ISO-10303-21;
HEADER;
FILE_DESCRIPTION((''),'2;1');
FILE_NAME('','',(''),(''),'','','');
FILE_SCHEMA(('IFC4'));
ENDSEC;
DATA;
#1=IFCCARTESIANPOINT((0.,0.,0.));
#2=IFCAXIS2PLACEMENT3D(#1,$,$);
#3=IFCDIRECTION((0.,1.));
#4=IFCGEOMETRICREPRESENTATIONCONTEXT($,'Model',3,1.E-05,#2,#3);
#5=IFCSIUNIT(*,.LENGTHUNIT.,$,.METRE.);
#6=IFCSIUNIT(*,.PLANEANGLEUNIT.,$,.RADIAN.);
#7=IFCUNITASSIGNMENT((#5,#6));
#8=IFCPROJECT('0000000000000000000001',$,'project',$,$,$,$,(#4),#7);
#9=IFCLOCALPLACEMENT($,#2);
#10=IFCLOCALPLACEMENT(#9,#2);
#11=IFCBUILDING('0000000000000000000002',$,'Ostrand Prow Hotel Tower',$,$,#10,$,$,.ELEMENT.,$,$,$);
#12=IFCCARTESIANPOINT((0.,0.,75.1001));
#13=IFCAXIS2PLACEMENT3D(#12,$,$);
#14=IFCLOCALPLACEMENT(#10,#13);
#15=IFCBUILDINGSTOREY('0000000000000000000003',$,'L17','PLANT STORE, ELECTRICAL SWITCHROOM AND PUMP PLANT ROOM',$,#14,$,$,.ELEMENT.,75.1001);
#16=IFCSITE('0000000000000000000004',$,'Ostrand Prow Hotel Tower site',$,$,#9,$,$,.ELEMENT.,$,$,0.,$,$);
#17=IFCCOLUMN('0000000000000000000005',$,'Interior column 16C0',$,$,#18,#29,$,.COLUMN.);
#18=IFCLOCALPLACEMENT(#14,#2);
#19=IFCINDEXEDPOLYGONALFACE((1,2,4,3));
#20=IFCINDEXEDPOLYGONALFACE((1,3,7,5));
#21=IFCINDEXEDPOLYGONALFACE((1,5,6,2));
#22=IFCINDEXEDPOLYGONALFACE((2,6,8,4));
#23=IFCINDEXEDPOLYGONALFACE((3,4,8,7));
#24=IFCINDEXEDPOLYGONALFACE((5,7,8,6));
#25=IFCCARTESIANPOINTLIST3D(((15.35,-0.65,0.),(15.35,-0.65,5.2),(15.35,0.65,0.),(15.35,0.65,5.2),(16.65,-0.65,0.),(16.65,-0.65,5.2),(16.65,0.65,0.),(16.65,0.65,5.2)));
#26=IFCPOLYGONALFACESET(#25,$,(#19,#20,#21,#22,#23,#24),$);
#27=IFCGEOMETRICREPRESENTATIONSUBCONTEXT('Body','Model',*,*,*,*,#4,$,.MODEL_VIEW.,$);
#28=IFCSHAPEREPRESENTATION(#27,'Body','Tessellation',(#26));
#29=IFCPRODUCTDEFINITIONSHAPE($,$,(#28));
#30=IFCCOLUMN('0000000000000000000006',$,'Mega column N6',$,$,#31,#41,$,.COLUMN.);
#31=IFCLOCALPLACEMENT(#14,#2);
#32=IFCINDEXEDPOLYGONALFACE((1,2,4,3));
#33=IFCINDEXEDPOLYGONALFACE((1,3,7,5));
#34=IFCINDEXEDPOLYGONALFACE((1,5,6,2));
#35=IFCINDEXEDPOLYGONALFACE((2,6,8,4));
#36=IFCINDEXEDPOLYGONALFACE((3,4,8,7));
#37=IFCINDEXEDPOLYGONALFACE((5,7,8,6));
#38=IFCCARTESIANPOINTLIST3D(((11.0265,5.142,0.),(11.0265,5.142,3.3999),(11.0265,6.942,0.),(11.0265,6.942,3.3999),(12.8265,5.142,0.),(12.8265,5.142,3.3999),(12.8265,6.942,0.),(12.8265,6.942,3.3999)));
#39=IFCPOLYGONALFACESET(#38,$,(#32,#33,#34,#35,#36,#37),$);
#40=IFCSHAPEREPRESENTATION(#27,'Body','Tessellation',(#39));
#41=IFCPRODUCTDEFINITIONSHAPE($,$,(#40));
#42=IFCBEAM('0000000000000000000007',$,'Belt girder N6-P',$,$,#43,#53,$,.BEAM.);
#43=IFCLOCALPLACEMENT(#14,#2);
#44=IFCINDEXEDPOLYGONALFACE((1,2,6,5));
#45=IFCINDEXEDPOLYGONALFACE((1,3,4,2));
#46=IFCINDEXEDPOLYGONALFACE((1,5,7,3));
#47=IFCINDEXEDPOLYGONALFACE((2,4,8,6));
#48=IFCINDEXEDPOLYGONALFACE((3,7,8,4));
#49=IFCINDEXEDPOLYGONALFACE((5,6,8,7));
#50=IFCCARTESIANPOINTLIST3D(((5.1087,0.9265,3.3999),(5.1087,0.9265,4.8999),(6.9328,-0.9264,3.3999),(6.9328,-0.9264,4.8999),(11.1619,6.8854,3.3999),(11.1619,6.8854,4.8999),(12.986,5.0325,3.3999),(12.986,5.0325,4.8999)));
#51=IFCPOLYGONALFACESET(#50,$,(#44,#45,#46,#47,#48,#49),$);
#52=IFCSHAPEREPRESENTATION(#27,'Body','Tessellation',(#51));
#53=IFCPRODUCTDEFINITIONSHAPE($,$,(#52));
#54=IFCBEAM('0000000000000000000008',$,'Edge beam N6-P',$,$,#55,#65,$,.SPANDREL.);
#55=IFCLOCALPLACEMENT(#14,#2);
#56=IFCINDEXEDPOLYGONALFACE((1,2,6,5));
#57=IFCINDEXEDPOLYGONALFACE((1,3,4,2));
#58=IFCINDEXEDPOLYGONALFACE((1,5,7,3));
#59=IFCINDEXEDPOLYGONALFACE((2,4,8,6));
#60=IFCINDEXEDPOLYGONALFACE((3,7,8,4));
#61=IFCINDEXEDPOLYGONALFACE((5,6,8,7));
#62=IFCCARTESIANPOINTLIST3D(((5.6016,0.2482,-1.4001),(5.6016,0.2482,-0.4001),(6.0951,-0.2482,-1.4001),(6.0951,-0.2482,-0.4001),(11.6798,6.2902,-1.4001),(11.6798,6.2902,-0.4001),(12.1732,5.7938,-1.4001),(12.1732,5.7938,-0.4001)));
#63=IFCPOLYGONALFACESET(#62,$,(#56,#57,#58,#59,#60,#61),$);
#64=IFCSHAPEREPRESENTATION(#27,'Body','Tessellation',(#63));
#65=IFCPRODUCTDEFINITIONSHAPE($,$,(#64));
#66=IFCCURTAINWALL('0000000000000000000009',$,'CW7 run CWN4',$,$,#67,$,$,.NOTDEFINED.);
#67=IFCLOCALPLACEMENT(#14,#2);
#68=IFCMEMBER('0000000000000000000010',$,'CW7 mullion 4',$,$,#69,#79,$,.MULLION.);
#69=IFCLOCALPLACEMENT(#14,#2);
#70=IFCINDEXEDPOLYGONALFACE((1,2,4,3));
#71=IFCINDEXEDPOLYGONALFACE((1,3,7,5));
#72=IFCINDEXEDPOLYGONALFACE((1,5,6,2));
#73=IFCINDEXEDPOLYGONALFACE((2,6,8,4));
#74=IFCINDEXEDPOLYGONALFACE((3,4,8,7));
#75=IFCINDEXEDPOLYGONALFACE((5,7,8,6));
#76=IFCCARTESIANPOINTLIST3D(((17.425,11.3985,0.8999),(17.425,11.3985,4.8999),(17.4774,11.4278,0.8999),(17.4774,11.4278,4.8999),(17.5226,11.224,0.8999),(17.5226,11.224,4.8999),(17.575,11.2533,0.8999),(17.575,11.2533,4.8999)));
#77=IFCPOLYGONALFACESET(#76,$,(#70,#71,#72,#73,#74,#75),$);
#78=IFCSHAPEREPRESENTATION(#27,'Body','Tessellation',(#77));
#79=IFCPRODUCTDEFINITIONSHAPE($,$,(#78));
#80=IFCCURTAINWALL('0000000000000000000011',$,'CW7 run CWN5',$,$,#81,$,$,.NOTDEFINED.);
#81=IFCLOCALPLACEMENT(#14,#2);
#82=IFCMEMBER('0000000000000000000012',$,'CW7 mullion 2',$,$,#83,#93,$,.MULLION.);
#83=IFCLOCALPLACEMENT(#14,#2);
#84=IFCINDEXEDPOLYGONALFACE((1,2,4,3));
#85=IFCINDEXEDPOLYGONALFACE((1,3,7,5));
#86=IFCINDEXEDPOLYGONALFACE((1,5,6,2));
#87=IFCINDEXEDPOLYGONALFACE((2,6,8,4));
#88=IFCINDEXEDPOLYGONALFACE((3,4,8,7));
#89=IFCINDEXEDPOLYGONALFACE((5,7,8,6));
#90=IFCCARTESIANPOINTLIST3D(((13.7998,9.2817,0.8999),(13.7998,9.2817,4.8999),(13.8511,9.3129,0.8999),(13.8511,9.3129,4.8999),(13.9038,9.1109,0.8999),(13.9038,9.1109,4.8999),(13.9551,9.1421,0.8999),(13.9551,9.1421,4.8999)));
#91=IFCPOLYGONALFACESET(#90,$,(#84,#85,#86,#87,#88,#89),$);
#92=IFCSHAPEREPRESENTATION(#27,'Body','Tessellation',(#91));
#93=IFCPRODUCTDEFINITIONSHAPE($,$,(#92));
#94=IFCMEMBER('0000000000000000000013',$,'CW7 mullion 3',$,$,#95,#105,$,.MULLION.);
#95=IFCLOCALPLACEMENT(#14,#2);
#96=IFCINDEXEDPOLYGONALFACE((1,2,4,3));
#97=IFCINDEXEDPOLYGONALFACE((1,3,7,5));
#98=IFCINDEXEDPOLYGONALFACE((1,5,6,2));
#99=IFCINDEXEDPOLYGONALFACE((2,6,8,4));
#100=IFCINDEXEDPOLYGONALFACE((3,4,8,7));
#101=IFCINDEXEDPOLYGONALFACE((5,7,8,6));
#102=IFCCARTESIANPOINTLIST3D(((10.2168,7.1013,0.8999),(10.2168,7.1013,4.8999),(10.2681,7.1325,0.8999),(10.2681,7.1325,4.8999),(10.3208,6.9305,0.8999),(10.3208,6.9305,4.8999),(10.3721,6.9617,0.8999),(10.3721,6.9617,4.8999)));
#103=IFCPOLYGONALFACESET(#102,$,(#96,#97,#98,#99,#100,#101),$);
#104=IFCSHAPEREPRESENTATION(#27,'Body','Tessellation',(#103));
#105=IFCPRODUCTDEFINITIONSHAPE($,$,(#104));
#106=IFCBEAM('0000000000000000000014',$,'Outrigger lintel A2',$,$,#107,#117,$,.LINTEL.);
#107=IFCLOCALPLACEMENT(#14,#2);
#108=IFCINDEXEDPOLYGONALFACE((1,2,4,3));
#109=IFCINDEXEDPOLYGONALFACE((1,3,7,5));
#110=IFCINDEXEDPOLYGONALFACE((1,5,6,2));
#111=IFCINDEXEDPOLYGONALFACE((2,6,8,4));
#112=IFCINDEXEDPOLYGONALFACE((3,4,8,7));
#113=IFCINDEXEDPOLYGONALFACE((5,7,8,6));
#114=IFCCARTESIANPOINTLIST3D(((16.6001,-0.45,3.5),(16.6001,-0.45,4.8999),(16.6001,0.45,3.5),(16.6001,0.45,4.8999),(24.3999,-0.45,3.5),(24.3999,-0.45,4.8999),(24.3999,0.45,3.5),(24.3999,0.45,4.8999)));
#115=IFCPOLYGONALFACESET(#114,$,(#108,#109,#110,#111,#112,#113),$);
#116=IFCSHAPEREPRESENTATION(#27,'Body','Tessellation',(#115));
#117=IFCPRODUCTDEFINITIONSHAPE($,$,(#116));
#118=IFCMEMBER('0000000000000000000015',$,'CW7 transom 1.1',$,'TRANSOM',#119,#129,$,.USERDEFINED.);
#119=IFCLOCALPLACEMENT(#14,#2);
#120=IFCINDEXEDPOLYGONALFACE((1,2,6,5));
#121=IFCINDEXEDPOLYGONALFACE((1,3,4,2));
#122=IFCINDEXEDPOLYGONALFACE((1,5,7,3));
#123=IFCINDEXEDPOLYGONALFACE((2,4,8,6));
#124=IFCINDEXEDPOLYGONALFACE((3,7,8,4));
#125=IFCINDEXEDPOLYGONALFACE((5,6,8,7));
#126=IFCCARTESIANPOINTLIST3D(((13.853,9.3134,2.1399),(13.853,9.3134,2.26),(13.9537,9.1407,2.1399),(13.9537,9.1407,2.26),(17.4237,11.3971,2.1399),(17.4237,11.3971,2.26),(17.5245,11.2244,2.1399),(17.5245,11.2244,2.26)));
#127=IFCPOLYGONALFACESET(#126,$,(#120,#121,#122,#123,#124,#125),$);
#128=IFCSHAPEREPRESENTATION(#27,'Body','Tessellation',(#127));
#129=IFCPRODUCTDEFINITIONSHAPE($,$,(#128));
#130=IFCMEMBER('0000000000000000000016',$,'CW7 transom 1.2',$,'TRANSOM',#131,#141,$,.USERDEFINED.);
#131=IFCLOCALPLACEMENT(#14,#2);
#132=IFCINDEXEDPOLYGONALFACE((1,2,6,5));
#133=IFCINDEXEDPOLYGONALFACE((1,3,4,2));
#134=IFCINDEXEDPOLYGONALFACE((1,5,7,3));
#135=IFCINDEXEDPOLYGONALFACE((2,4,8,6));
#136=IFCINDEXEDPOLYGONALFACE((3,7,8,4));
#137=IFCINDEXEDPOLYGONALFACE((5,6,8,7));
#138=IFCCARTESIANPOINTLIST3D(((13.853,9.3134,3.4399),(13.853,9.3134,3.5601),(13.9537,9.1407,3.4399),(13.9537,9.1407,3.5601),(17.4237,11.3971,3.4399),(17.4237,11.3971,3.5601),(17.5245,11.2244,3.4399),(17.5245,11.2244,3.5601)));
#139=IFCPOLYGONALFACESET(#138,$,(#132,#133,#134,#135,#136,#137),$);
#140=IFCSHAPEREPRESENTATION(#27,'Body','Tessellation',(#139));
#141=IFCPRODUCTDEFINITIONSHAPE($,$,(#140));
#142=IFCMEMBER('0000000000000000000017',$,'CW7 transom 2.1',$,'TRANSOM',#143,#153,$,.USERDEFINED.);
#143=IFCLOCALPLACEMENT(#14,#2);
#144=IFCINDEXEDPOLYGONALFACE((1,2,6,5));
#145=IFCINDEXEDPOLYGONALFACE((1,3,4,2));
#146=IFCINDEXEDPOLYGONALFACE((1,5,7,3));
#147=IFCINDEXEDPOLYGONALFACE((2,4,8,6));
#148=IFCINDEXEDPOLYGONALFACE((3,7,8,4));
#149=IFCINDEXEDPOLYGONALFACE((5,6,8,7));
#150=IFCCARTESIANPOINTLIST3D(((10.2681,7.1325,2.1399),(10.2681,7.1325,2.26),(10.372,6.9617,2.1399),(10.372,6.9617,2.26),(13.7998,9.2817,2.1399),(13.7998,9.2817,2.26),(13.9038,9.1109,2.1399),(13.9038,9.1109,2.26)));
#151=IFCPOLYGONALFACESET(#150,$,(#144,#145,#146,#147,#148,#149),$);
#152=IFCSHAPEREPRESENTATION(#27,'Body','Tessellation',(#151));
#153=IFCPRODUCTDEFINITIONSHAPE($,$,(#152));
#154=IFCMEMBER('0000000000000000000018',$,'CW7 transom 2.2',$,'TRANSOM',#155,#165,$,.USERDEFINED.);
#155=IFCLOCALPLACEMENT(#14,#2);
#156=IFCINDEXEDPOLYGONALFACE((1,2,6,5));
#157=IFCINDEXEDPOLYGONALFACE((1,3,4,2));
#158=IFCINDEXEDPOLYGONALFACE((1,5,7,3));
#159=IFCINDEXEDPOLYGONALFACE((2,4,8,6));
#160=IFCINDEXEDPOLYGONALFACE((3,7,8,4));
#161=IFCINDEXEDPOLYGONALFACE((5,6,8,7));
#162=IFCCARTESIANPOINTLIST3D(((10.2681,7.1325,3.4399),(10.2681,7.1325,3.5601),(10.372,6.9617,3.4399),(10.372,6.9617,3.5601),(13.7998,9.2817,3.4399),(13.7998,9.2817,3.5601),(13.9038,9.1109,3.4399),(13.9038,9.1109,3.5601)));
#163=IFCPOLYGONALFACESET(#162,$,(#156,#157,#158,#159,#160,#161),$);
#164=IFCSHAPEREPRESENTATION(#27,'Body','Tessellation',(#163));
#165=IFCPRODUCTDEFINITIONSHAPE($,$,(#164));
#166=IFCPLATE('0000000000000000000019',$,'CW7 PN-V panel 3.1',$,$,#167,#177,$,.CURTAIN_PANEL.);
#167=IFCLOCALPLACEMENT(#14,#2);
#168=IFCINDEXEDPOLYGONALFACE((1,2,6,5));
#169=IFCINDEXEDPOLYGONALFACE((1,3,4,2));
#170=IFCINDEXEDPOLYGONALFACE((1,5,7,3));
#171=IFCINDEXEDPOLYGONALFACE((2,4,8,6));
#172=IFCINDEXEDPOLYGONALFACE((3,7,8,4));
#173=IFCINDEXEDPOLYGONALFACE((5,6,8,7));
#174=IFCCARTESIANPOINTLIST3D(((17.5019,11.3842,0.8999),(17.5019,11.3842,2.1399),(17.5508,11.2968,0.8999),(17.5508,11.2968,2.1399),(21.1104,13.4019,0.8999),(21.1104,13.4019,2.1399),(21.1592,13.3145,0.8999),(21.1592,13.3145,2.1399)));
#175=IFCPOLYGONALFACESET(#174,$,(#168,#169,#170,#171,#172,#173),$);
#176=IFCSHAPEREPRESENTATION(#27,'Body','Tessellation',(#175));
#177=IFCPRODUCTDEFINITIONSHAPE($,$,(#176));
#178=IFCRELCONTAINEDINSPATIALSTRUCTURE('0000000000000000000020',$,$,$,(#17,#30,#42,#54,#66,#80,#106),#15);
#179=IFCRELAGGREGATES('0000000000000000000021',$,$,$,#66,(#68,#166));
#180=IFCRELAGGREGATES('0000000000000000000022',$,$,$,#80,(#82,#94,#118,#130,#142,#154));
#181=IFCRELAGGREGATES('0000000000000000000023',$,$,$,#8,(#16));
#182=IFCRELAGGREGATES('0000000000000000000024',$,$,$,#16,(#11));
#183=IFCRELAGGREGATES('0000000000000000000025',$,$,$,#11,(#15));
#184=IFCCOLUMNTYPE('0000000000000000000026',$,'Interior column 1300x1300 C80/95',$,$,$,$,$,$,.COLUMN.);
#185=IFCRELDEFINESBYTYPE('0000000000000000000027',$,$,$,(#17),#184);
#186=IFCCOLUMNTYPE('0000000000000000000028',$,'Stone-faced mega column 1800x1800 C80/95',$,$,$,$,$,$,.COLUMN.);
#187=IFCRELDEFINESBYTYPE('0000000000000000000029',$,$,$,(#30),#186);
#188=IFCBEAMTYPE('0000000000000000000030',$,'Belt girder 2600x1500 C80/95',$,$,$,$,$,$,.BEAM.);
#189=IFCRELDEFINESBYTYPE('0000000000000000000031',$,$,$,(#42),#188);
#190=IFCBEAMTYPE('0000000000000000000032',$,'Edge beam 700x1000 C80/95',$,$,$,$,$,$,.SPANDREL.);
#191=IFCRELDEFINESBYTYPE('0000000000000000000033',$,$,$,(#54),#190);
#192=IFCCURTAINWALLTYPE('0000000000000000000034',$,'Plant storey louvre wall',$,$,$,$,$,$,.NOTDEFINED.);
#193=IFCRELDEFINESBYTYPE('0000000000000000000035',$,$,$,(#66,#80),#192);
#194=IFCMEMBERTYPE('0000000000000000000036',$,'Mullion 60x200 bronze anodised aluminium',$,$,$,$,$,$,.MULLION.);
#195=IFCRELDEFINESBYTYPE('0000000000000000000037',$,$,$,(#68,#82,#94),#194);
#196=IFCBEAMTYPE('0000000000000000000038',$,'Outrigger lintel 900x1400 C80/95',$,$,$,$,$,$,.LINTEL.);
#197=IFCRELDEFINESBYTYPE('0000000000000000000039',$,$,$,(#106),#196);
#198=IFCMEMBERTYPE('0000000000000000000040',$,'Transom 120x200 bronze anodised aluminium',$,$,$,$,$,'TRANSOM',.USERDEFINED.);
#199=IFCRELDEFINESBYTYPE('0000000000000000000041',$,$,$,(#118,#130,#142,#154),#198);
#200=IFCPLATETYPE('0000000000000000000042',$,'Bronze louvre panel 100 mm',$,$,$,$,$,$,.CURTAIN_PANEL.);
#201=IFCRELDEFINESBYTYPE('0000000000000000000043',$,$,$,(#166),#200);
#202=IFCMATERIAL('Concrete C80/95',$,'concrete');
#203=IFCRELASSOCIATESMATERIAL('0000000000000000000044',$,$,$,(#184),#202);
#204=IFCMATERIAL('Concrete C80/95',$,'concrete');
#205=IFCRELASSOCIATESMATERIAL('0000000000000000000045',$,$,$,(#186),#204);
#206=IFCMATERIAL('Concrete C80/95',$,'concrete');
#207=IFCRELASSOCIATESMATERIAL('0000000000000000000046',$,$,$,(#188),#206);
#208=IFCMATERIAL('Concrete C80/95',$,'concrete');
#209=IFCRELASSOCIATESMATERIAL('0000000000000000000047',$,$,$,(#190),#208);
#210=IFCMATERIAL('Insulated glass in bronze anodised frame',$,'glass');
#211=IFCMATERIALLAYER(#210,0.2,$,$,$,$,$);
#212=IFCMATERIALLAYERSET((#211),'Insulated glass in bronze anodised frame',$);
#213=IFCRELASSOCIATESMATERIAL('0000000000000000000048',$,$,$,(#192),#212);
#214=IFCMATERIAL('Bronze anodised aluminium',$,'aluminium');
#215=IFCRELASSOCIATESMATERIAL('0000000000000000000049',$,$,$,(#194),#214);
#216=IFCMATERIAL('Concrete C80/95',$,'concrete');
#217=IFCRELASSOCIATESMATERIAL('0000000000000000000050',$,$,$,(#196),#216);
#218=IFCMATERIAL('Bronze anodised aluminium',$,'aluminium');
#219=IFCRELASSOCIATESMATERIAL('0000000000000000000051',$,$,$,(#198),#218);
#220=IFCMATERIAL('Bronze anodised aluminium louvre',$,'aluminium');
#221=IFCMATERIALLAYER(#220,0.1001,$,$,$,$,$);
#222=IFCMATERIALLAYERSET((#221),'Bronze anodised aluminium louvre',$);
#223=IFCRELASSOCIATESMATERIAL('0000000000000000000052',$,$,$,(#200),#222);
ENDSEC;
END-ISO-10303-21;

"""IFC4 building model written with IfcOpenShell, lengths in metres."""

from ifc_helpers import new_model, si_unit, direction, frame, origin, origin_2d, place, context, subcontext, project, spatial, rectangle, extrude, material, layer, layer_set, material_profile, profile_set, type_object, element, aggregate, save


model = new_model("IFC4")

# Units and contexts
model_context = context("Model", 3, precision=1e-05, world=origin(), true_north=direction((0.0, 1.0)))
body_context = subcontext(model_context, "Body", "Model", "MODEL_VIEW")
ifc_project = project(units=[si_unit("LENGTHUNIT", "METRE"), si_unit("PLANEANGLEUNIT", "RADIAN")], contexts=[model_context])

# Site, building, storey
site_placement = place(None, origin())
site = spatial("IfcSite", under=ifc_project, at=site_placement, Name="Ostrand Prow Hotel Tower site", CompositionType="ELEMENT", RefElevation=0.0)
building_placement = place(site_placement, origin())
building = spatial("IfcBuilding", under=site, at=building_placement, Name="Ostrand Prow Hotel Tower", CompositionType="ELEMENT")
storey_placement = place(building_placement, frame((0.0, 0.0, 75.1001)))
storey = spatial("IfcBuildingStorey", under=building, at=storey_placement, Name="L17", Description="PLANT STORE, ELECTRICAL SWITCHROOM AND PUMP PLANT ROOM", CompositionType="ELEMENT", Elevation=75.1001)

# Columns
ifc_material_1 = material(Name="Concrete C80/95", Category="concrete")
ifc_material_profile_1 = material_profile(ifc_material_1, rectangle(XDim=1.3, YDim=1.3, at=origin_2d()), Name="RC 1300x1300")
ifc_profile_set_1 = profile_set([ifc_material_profile_1], Name="Concrete C80/95")
column_type_1 = type_object("IfcColumnType", Name="Interior column 1300x1300 C80/95", PredefinedType="COLUMN", material=ifc_profile_set_1)
column_1_placement = place(storey_placement, frame((16.0, 0.0, 0.0), z_axis=(0.0, 0.0, 1.0), x_axis=(1.0, 0.0, 0.0)))
element("IfcColumn", 1, at=column_1_placement, inside=storey, type_object=column_type_1, Name="Interior column 16C0", PredefinedType="COLUMN", context=body_context, shape_type="SweptSolid", body=[
    extrude(rectangle(XDim=1.3, YDim=1.3, at=origin_2d()), origin(), (0.0, 0.0, 1.0), 5.2),
])
ifc_material_2 = material(Name="Concrete C80/95", Category="concrete")
ifc_material_profile_2 = material_profile(ifc_material_2, rectangle(XDim=1.8, YDim=1.8, at=origin_2d()), Name="RC 1800x1800")
ifc_profile_set_2 = profile_set([ifc_material_profile_2], Name="Concrete C80/95")
column_type_2 = type_object("IfcColumnType", Name="Stone-faced mega column 1800x1800 C80/95", PredefinedType="COLUMN", material=ifc_profile_set_2)
column_2_placement = place(storey_placement, frame((11.9265, 6.042, 0.0), z_axis=(0.0, 0.0, 1.0), x_axis=(1.0, 0.0, 0.0)))
element("IfcColumn", 2, at=column_2_placement, inside=storey, type_object=column_type_2, Name="Mega column N6", PredefinedType="COLUMN", context=body_context, shape_type="SweptSolid", body=[
    extrude(rectangle(XDim=1.8, YDim=1.8, at=origin_2d()), origin(), (0.0, 0.0, 1.0), 3.3999),
])

# Beams
ifc_material_3 = material(Name="Concrete C80/95", Category="concrete")
ifc_material_profile_3 = material_profile(ifc_material_3, rectangle(XDim=2.6001, YDim=1.5, at=origin_2d()), Name="RC 2600x1500")
ifc_profile_set_3 = profile_set([ifc_material_profile_3], Name="Concrete C80/95")
beam_type_1 = type_object("IfcBeamType", Name="Belt girder 2600x1500 C80/95", PredefinedType="BEAM", material=ifc_profile_set_3)
beam_1_placement = place(storey_placement, frame((12.074, 5.959, 4.1499), z_axis=(-0.712632, -0.701538, 0.0), x_axis=(0.701538, -0.712632, 0.0)))
element("IfcBeam", 3, at=beam_1_placement, inside=storey, type_object=beam_type_1, Name="Belt girder N6-P", PredefinedType="BEAM", context=body_context, shape_type="SweptSolid", body=[
    extrude(rectangle(XDim=2.6001, YDim=1.5, at=origin_2d()), origin(), (0.0, 0.0, 1.0), 8.4941),
])
ifc_material_4 = material(Name="Concrete C80/95", Category="concrete")
ifc_material_profile_4 = material_profile(ifc_material_4, rectangle(XDim=0.7, YDim=1.0, at=origin_2d()), Name="RC 700x1000")
ifc_profile_set_4 = profile_set([ifc_material_profile_4], Name="Concrete C80/95")
beam_type_2 = type_object("IfcBeamType", Name="Edge beam 700x1000 C80/95", PredefinedType="SPANDREL", material=ifc_profile_set_4)
beam_2_placement = place(storey_placement, frame((11.9265, 6.042, -0.9001), z_axis=(-0.709212, -0.704996, 0.0), x_axis=(0.704996, -0.709212, 0.0)))
element("IfcBeam", 4, at=beam_2_placement, inside=storey, type_object=beam_type_2, Name="Edge beam N6-P", PredefinedType="SPANDREL", context=body_context, shape_type="SweptSolid", body=[
    extrude(rectangle(XDim=0.7, YDim=1.0, at=origin_2d()), origin(), (0.0, 0.0, 1.0), 8.5703),
])

# Curtain wall, member
ifc_material_5 = material(Name="Insulated glass in bronze anodised frame", Category="glass")
ifc_layer_1 = layer(ifc_material_5, 0.2)
ifc_layer_set_1 = layer_set([ifc_layer_1], Name="Insulated glass in bronze anodised frame")
curtain_wall_type = type_object("IfcCurtainWallType", Name="Plant storey louvre wall", PredefinedType="NOTDEFINED", material=ifc_layer_set_1)
curtain_wall_1_placement = place(storey_placement, origin())
curtain_wall_1 = element("IfcCurtainWall", 5, at=curtain_wall_1_placement, inside=storey, type_object=curtain_wall_type, Name="CW7 run CWN4", PredefinedType="NOTDEFINED")
ifc_material_6 = material(Name="Bronze anodised aluminium", Category="aluminium")
ifc_material_profile_5 = material_profile(ifc_material_6, rectangle(XDim=0.2, YDim=0.0601, at=origin_2d()), Name="Mullion 60x200 bronze anodised aluminium")
ifc_profile_set_5 = profile_set([ifc_material_profile_5], Name="Bronze anodised aluminium")
member_type_1 = type_object("IfcMemberType", Name="Mullion 60x200 bronze anodised aluminium", PredefinedType="MULLION", material=ifc_profile_set_5)
member_1_placement = place(storey_placement, frame((17.5, 11.3259, 0.8999), z_axis=(0.0, 0.0, 1.0), x_axis=(0.488044, -0.872819, 0.0)))
member_1 = element("IfcMember", 6, at=member_1_placement, type_object=member_type_1, Name="CW7 mullion 4", PredefinedType="MULLION", context=body_context, shape_type="SweptSolid", body=[
    extrude(rectangle(XDim=0.2, YDim=0.0601, at=origin_2d()), origin(), (0.0, 0.0, 1.0), 4.0),
])

# Curtain wall, members
curtain_wall_2_placement = place(storey_placement, origin())
curtain_wall_2 = element("IfcCurtainWall", 7, at=curtain_wall_2_placement, inside=storey, type_object=curtain_wall_type, Name="CW7 run CWN5", PredefinedType="NOTDEFINED")
member_2_placement = place(storey_placement, frame((13.8774, 9.2119, 0.8999), z_axis=(0.0, 0.0, 1.0), x_axis=(0.519831, -0.854269, 0.0)))
member_2 = element("IfcMember", 8, at=member_2_placement, type_object=member_type_1, Name="CW7 mullion 2", PredefinedType="MULLION", context=body_context, shape_type="SweptSolid", body=[
    extrude(rectangle(XDim=0.2, YDim=0.0601, at=origin_2d()), origin(), (0.0, 0.0, 1.0), 4.0),
])
member_3_placement = place(storey_placement, frame((10.2944, 7.0315, 0.8999), z_axis=(0.0, 0.0, 1.0), x_axis=(0.519831, -0.854269, 0.0)))
member_3 = element("IfcMember", 9, at=member_3_placement, type_object=member_type_1, Name="CW7 mullion 3", PredefinedType="MULLION", context=body_context, shape_type="SweptSolid", body=[
    extrude(rectangle(XDim=0.2, YDim=0.0601, at=origin_2d()), origin(), (0.0, 0.0, 1.0), 4.0),
])

# Beam
ifc_material_7 = material(Name="Concrete C80/95", Category="concrete")
ifc_material_profile_6 = material_profile(ifc_material_7, rectangle(XDim=0.8999, YDim=1.3999, at=origin_2d()), Name="RC 900x1400")
ifc_profile_set_6 = profile_set([ifc_material_profile_6], Name="Concrete C80/95")
beam_type_3 = type_object("IfcBeamType", Name="Outrigger lintel 900x1400 C80/95", PredefinedType="LINTEL", material=ifc_profile_set_6)
beam_3_placement = place(storey_placement, frame((16.6001, 0.0, 4.2), z_axis=(1.0, 0.0, 0.0), x_axis=(0.0, 1.0, 0.0)))
element("IfcBeam", 10, at=beam_3_placement, inside=storey, type_object=beam_type_3, Name="Outrigger lintel A2", PredefinedType="LINTEL", context=body_context, shape_type="SweptSolid", body=[
    extrude(rectangle(XDim=0.8999, YDim=1.3999, at=origin_2d()), origin(), (0.0, 0.0, 1.0), 7.7998),
])

# Members
ifc_material_8 = material(Name="Bronze anodised aluminium", Category="aluminium")
ifc_material_profile_7 = material_profile(ifc_material_8, rectangle(XDim=0.2, YDim=0.1201, at=origin_2d()), Name="Transom 120x200 bronze anodised aluminium")
ifc_profile_set_7 = profile_set([ifc_material_profile_7], Name="Bronze anodised aluminium")
member_type_2 = type_object("IfcMemberType", Name="Transom 120x200 bronze anodised aluminium", ElementType="TRANSOM", PredefinedType="USERDEFINED", material=ifc_profile_set_7)
member_4_placement = place(storey_placement, frame((17.4741, 11.3108, 2.2), z_axis=(-0.863698, -0.504011, 0.0), x_axis=(0.504011, -0.863698, 0.0)))
member_4 = element("IfcMember", 11, at=member_4_placement, type_object=member_type_2, Name="CW7 transom 1.1", ObjectType="TRANSOM", PredefinedType="USERDEFINED", context=body_context, shape_type="SweptSolid", body=[
    extrude(rectangle(XDim=0.2, YDim=0.1201, at=origin_2d()), origin(), (0.0, 0.0, 1.0), 4.1343),
])
member_5_placement = place(storey_placement, frame((17.4741, 11.3108, 3.5), z_axis=(-0.863698, -0.504011, 0.0), x_axis=(0.504011, -0.863698, 0.0)))
member_5 = element("IfcMember", 12, at=member_5_placement, type_object=member_type_2, Name="CW7 transom 1.2", ObjectType="TRANSOM", PredefinedType="USERDEFINED", context=body_context, shape_type="SweptSolid", body=[
    extrude(rectangle(XDim=0.2, YDim=0.1201, at=origin_2d()), origin(), (0.0, 0.0, 1.0), 4.1343),
])
member_6_placement = place(storey_placement, frame((13.8518, 9.1963, 2.2), z_axis=(-0.854261, -0.519844, 0.0), x_axis=(0.519844, -0.854261, 0.0)))
member_6 = element("IfcMember", 13, at=member_6_placement, type_object=member_type_2, Name="CW7 transom 2.1", ObjectType="TRANSOM", PredefinedType="USERDEFINED", context=body_context, shape_type="SweptSolid", body=[
    extrude(rectangle(XDim=0.2, YDim=0.1201, at=origin_2d()), origin(), (0.0, 0.0, 1.0), 4.1343),
])
member_7_placement = place(storey_placement, frame((13.8518, 9.1963, 3.5), z_axis=(-0.854261, -0.519844, 0.0), x_axis=(0.519844, -0.854261, 0.0)))
member_7 = element("IfcMember", 14, at=member_7_placement, type_object=member_type_2, Name="CW7 transom 2.2", ObjectType="TRANSOM", PredefinedType="USERDEFINED", context=body_context, shape_type="SweptSolid", body=[
    extrude(rectangle(XDim=0.2, YDim=0.1201, at=origin_2d()), origin(), (0.0, 0.0, 1.0), 4.1343),
])

# Plate
ifc_material_9 = material(Name="Bronze anodised aluminium louvre", Category="aluminium")
ifc_layer_2 = layer(ifc_material_9, 0.1001)
ifc_layer_set_2 = layer_set([ifc_layer_2], Name="Bronze anodised aluminium louvre")
plate_type = type_object("IfcPlateType", Name="Bronze louvre panel 100 mm", PredefinedType="CURTAIN_PANEL", material=ifc_layer_set_2)
plate_1_placement = place(storey_placement, frame((19.3306, 12.3494, 0.8999), z_axis=(0.0, 0.0, 1.0), x_axis=(-0.872819, -0.488044, 0.0)))
plate_1 = element("IfcPlate", 15, at=plate_1_placement, type_object=plate_type, Name="CW7 PN-V panel 3.1", PredefinedType="CURTAIN_PANEL", context=body_context, shape_type="SweptSolid", body=[
    extrude(rectangle(XDim=4.1343, YDim=0.1001, at=origin_2d()), origin(), (0.0, 0.0, 1.0), 1.24),
])
aggregate(curtain_wall_1, [member_1, plate_1])
aggregate(curtain_wall_2, [member_2, member_3, member_4, member_5, member_6, member_7])

save(model, "model.ifc")
